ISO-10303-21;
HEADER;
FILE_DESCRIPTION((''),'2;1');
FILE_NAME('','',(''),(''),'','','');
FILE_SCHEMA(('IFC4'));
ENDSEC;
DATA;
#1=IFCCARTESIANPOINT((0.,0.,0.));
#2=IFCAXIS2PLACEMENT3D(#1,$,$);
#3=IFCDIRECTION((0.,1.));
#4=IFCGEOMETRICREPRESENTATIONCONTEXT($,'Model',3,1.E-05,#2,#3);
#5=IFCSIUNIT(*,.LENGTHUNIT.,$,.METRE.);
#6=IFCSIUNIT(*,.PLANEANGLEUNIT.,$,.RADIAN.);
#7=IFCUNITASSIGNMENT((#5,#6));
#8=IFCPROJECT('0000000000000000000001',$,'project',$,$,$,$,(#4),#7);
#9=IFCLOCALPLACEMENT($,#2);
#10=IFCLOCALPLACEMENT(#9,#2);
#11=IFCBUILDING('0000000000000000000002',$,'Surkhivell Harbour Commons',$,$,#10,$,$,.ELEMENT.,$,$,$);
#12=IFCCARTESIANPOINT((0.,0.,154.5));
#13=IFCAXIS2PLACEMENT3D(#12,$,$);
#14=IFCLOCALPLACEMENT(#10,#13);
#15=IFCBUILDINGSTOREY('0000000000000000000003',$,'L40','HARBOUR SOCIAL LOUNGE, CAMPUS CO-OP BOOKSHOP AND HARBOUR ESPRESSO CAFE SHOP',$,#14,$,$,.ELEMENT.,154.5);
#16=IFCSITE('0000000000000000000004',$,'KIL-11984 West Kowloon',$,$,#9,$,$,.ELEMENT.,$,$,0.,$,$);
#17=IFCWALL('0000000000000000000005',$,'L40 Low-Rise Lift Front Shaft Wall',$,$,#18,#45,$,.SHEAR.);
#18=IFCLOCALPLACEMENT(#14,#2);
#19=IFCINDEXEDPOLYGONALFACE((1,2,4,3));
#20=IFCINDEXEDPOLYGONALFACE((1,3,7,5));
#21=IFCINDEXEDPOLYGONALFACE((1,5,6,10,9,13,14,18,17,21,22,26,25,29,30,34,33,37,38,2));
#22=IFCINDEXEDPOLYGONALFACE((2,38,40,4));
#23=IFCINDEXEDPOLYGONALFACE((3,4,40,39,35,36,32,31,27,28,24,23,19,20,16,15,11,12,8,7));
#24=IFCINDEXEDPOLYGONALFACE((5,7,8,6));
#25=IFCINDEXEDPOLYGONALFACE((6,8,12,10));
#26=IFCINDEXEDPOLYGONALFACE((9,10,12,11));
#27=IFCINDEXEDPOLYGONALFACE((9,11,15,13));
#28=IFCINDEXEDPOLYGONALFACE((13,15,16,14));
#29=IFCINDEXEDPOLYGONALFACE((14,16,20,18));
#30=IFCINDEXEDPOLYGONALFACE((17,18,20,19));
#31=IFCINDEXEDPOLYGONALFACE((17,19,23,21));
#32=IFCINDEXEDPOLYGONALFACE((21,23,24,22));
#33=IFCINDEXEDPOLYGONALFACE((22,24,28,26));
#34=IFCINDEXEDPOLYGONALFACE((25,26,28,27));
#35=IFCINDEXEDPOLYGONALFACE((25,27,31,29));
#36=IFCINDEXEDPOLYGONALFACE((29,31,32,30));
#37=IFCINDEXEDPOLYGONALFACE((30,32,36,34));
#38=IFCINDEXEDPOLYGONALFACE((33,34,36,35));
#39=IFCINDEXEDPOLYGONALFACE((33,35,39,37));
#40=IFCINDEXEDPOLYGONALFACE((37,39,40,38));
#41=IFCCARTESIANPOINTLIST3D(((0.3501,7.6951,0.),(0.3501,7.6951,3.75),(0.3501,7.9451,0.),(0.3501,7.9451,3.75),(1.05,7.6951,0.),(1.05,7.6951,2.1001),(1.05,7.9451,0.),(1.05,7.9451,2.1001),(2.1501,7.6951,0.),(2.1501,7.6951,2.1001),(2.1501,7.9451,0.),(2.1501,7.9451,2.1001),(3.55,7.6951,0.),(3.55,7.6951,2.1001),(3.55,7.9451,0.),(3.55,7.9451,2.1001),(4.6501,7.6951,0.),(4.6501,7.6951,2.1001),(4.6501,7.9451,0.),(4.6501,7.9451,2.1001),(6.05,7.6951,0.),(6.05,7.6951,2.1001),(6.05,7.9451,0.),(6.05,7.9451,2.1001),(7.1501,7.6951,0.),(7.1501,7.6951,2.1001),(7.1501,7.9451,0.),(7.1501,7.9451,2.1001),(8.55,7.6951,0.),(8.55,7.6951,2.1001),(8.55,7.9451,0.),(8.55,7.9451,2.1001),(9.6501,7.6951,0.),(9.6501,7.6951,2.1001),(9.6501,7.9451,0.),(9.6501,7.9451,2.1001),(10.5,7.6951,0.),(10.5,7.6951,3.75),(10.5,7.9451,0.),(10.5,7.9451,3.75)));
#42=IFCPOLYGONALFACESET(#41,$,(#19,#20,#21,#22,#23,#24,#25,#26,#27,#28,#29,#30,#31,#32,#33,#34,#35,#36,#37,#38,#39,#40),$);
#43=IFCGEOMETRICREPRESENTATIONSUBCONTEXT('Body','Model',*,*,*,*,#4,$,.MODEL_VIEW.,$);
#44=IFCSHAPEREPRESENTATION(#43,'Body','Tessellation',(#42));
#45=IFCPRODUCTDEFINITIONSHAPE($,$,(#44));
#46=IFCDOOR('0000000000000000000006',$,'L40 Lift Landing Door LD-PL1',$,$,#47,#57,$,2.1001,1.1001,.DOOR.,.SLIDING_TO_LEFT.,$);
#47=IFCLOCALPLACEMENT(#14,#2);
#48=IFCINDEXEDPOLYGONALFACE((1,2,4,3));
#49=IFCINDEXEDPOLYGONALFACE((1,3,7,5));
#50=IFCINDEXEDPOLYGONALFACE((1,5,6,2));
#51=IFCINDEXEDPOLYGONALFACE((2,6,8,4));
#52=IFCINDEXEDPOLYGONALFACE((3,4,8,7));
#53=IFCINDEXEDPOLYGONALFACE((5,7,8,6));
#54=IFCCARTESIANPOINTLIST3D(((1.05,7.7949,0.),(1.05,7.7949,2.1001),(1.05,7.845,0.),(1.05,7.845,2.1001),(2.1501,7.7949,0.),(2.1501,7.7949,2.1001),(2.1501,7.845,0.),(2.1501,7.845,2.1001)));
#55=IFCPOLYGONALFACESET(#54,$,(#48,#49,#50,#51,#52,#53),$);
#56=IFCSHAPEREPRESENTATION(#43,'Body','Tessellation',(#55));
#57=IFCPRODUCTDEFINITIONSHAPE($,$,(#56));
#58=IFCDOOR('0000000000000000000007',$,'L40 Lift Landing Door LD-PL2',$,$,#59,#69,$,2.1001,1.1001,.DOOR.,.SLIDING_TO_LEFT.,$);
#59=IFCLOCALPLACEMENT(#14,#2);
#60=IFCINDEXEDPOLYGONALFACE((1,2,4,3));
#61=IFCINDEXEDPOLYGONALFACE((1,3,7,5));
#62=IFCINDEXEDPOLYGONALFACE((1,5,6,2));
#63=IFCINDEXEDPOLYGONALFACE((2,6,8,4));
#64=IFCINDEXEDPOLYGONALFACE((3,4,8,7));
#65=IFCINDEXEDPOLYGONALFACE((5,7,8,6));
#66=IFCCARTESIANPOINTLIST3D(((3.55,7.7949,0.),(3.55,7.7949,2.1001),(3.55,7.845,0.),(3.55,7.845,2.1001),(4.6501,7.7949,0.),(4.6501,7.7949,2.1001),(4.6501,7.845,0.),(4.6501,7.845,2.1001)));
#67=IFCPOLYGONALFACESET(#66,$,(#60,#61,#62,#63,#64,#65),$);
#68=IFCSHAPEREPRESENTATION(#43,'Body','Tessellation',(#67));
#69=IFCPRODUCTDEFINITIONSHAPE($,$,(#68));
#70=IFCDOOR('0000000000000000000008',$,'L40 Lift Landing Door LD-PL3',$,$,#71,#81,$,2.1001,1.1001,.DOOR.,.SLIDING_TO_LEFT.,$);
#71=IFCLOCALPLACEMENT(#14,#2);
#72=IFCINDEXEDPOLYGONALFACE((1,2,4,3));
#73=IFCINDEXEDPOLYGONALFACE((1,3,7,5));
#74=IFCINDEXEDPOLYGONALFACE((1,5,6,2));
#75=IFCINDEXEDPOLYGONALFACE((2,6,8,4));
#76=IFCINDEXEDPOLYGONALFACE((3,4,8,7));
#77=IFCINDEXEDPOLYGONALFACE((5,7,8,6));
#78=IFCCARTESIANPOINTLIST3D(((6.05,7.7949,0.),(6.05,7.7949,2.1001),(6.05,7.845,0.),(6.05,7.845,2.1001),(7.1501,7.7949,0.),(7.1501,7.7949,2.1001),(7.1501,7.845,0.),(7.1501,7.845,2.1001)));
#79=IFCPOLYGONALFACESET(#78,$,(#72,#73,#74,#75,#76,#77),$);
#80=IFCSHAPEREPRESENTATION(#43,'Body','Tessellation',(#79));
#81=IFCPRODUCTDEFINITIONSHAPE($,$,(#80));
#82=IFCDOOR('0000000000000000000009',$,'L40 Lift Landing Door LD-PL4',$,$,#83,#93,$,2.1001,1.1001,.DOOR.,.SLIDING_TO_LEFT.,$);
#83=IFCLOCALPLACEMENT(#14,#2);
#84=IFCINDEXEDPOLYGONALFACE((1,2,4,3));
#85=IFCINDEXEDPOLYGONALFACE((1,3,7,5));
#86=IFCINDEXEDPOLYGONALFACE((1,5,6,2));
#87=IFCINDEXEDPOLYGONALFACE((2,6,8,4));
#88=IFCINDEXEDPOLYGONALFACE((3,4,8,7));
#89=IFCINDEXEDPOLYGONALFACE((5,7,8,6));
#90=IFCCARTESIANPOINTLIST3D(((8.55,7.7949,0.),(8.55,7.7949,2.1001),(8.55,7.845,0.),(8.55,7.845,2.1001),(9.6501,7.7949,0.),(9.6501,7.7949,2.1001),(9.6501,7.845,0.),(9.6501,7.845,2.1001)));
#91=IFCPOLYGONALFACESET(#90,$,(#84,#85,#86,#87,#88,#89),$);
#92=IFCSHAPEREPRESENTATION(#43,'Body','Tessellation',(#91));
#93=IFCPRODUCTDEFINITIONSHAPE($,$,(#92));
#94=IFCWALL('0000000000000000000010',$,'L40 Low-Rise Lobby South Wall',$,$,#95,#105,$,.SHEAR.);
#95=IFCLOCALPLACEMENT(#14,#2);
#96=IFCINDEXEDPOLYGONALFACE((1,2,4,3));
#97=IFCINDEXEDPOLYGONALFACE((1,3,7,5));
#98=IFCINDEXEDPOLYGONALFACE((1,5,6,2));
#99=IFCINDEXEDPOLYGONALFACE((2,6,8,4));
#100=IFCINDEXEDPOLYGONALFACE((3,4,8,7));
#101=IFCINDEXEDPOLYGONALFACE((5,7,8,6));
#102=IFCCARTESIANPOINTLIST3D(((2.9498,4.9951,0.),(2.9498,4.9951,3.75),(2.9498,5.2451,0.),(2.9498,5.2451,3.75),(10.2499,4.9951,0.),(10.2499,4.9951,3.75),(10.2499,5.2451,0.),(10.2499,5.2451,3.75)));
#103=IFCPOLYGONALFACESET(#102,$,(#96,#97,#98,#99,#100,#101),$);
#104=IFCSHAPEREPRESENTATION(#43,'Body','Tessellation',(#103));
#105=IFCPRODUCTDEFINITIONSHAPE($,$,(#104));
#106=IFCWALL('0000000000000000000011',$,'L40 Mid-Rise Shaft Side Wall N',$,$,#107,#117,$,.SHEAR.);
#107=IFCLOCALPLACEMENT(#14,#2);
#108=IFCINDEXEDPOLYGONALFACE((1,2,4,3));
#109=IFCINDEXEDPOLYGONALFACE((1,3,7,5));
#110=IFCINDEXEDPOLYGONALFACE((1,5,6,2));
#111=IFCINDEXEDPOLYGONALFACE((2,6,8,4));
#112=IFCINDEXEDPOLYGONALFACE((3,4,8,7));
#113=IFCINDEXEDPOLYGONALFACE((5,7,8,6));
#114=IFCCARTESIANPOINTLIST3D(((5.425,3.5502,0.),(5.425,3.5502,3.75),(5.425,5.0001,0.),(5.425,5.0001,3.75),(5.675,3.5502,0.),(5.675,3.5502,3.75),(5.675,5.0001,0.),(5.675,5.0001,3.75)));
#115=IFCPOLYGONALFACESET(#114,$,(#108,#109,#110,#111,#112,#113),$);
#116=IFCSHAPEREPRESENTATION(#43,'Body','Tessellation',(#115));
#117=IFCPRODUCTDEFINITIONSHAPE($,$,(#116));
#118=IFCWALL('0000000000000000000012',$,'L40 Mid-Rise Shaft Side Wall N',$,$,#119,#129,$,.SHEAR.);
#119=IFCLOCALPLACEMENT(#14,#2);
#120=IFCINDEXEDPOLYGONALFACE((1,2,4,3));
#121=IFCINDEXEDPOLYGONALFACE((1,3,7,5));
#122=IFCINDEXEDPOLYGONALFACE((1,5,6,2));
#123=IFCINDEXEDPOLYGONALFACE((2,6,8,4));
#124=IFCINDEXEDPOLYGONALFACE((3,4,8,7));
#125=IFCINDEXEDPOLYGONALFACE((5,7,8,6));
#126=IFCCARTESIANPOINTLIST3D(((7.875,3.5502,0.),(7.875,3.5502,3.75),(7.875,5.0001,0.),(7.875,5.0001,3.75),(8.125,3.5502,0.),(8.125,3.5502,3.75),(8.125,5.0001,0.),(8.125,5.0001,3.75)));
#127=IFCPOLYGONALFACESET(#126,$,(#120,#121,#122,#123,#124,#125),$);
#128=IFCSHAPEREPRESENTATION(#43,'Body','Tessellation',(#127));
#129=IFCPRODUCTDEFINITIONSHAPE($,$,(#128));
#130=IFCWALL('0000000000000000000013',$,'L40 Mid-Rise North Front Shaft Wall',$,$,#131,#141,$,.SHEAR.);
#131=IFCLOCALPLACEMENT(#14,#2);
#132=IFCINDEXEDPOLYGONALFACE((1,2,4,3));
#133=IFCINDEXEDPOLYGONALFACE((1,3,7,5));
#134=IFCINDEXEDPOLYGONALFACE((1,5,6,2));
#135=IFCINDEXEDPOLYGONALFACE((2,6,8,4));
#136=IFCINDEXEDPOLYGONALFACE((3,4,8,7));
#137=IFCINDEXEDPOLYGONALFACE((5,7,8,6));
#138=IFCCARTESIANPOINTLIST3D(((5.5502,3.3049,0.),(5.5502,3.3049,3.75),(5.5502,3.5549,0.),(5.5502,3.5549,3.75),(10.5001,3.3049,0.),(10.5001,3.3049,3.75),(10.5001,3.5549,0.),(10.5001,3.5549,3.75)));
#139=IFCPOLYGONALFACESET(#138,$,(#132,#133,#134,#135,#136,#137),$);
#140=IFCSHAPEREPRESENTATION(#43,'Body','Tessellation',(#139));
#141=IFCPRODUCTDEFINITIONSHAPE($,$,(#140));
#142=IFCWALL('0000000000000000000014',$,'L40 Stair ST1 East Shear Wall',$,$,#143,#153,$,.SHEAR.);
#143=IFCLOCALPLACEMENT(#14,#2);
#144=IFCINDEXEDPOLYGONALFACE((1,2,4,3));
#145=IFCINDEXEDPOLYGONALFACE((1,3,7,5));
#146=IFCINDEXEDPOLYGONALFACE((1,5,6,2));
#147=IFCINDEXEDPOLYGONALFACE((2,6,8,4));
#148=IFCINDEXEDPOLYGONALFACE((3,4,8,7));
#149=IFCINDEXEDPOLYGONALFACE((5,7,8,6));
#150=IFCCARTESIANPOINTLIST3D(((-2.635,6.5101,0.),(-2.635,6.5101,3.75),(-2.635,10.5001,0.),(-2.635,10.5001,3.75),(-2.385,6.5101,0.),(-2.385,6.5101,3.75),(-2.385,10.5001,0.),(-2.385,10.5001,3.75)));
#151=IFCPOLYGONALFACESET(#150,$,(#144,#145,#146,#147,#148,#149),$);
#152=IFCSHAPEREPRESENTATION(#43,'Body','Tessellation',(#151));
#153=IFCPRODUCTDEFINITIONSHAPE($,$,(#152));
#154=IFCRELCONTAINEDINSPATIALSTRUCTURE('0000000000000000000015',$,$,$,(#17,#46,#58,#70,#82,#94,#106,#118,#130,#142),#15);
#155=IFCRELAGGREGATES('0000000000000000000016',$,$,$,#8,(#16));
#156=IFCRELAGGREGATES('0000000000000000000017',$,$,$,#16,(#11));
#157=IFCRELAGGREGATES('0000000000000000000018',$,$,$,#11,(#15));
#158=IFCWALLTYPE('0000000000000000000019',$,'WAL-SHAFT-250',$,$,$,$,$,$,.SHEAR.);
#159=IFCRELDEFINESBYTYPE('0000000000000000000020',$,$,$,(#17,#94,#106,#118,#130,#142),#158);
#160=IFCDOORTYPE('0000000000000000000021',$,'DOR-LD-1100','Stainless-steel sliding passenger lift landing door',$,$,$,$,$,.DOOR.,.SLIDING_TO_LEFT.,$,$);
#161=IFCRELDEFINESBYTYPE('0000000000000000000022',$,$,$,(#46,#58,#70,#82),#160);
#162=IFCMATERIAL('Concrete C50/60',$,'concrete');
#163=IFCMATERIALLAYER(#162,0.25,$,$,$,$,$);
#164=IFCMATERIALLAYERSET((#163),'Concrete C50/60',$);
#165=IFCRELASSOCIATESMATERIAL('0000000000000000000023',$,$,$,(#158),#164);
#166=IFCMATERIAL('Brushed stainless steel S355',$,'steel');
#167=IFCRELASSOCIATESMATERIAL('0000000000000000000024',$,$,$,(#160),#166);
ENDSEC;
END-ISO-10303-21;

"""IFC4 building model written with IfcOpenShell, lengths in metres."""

from ifc_helpers import new_model, si_unit, direction, frame, frame_2d, origin, place, context, subcontext, project, spatial, rectangle, extrude, material, layer, layer_set, type_object, element, fill, save


model = new_model("IFC4")

# Units and contexts
model_context = context("Model", 3, precision=1e-05, world=origin(), true_north=direction((0.0, 1.0)))
body_context = subcontext(model_context, "Body", "Model", "MODEL_VIEW")
ifc_project = project(units=[si_unit("LENGTHUNIT", "METRE"), si_unit("PLANEANGLEUNIT", "RADIAN")], contexts=[model_context])

# Site, building, storey
site_placement = place(None, origin())
site = spatial("IfcSite", under=ifc_project, at=site_placement, Name="KIL-11984 West Kowloon", CompositionType="ELEMENT", RefElevation=0.0)
building_placement = place(site_placement, origin())
building = spatial("IfcBuilding", under=site, at=building_placement, Name="Surkhivell Harbour Commons", CompositionType="ELEMENT")
storey_placement = place(building_placement, frame((0.0, 0.0, 154.5)))
storey = spatial("IfcBuildingStorey", under=building, at=storey_placement, Name="L40", Description="HARBOUR SOCIAL LOUNGE, CAMPUS CO-OP BOOKSHOP AND HARBOUR ESPRESSO CAFE SHOP", CompositionType="ELEMENT", Elevation=154.5)

# Shared definitions
ifc_material_1 = material(Name="Concrete C50/60", Category="concrete")
ifc_layer_1 = layer(ifc_material_1, 0.25)
ifc_layer_set_1 = layer_set([ifc_layer_1], Name="Concrete C50/60")
wall_type_1 = type_object("IfcWallType", Name="WAL-SHAFT-250", PredefinedType="SHEAR", material=ifc_layer_set_1)

# Wall, openings, doors
wall_1_placement = place(storey_placement, frame((0.3501, 7.8201, 0.0), z_axis=(0.0, 0.0, 1.0), x_axis=(1.0, 0.0, 0.0)))
wall_1 = element("IfcWall", 1, at=wall_1_placement, inside=storey, type_object=wall_type_1, Name="L40 Low-Rise Lift Front Shaft Wall", PredefinedType="SHEAR", context=body_context, shape_type="SweptSolid", body=[
    extrude(rectangle(XDim=10.1499, YDim=0.25, at=frame_2d((5.075, 0.0))), origin(), (0.0, 0.0, 1.0), 3.75),
])
opening_1_placement = place(wall_1_placement, frame((0.7, 0.0, 0.0)))
opening_1 = element("IfcOpeningElement", 2, at=opening_1_placement, cuts=wall_1, PredefinedType="OPENING", context=body_context, shape_type="SweptSolid", body=[
    extrude(rectangle(XDim=1.1001, YDim=2.1001, at=frame_2d((0.55, 1.05))), frame((0.0, 0.135, 0.0), z_axis=(0.0, -1.0, 0.0), x_axis=(1.0, 0.0, 0.0)), (0.0, 0.0, 1.0), 0.27),
])
opening_2_placement = place(wall_1_placement, frame((3.2, 0.0, 0.0)))
opening_2 = element("IfcOpeningElement", 3, at=opening_2_placement, cuts=wall_1, PredefinedType="OPENING", context=body_context, shape_type="SweptSolid", body=[
    extrude(rectangle(XDim=1.1001, YDim=2.1001, at=frame_2d((0.55, 1.05))), frame((0.0, 0.135, 0.0), z_axis=(0.0, -1.0, 0.0), x_axis=(1.0, 0.0, 0.0)), (0.0, 0.0, 1.0), 0.27),
])
opening_3_placement = place(wall_1_placement, frame((5.7, 0.0, 0.0)))
opening_3 = element("IfcOpeningElement", 4, at=opening_3_placement, cuts=wall_1, PredefinedType="OPENING", context=body_context, shape_type="SweptSolid", body=[
    extrude(rectangle(XDim=1.1001, YDim=2.1001, at=frame_2d((0.55, 1.05))), frame((0.0, 0.135, 0.0), z_axis=(0.0, -1.0, 0.0), x_axis=(1.0, 0.0, 0.0)), (0.0, 0.0, 1.0), 0.27),
])
opening_4_placement = place(wall_1_placement, frame((8.2, 0.0, 0.0)))
opening_4 = element("IfcOpeningElement", 5, at=opening_4_placement, cuts=wall_1, PredefinedType="OPENING", context=body_context, shape_type="SweptSolid", body=[
    extrude(rectangle(XDim=1.1001, YDim=2.1001, at=frame_2d((0.55, 1.05))), frame((0.0, 0.135, 0.0), z_axis=(0.0, -1.0, 0.0), x_axis=(1.0, 0.0, 0.0)), (0.0, 0.0, 1.0), 0.27),
])
ifc_material_2 = material(Name="Brushed stainless steel S355", Category="steel")
door_type_1 = type_object("IfcDoorType", Name="DOR-LD-1100", Description="Stainless-steel sliding passenger lift landing door", OperationType="SLIDING_TO_LEFT", PredefinedType="DOOR", material=ifc_material_2)
door_1_placement = place(opening_1_placement, origin())
door_1 = element("IfcDoor", 6, at=door_1_placement, inside=storey, type_object=door_type_1, Name="L40 Lift Landing Door LD-PL1", OperationType="SLIDING_TO_LEFT", OverallHeight=2.1001, OverallWidth=1.1001, PredefinedType="DOOR", context=body_context, shape_type="SweptSolid", body=[
    extrude(rectangle(XDim=1.1001, YDim=2.1001, at=frame_2d((0.55, 1.05))), frame((0.0, 0.0249, 0.0), z_axis=(0.0, -1.0, 0.0), x_axis=(1.0, 0.0, 0.0)), (0.0, 0.0, 1.0), 0.05),
])
fill(opening_1, door_1)
door_2_placement = place(opening_2_placement, origin())
door_2 = element("IfcDoor", 7, at=door_2_placement, inside=storey, type_object=door_type_1, Name="L40 Lift Landing Door LD-PL2", OperationType="SLIDING_TO_LEFT", OverallHeight=2.1001, OverallWidth=1.1001, PredefinedType="DOOR", context=body_context, shape_type="SweptSolid", body=[
    extrude(rectangle(XDim=1.1001, YDim=2.1001, at=frame_2d((0.55, 1.05))), frame((0.0, 0.0249, 0.0), z_axis=(0.0, -1.0, 0.0), x_axis=(1.0, 0.0, 0.0)), (0.0, 0.0, 1.0), 0.05),
])
fill(opening_2, door_2)
door_3_placement = place(opening_3_placement, origin())
door_3 = element("IfcDoor", 8, at=door_3_placement, inside=storey, type_object=door_type_1, Name="L40 Lift Landing Door LD-PL3", OperationType="SLIDING_TO_LEFT", OverallHeight=2.1001, OverallWidth=1.1001, PredefinedType="DOOR", context=body_context, shape_type="SweptSolid", body=[
    extrude(rectangle(XDim=1.1001, YDim=2.1001, at=frame_2d((0.55, 1.05))), frame((0.0, 0.0249, 0.0), z_axis=(0.0, -1.0, 0.0), x_axis=(1.0, 0.0, 0.0)), (0.0, 0.0, 1.0), 0.05),
])
fill(opening_3, door_3)
door_4_placement = place(opening_4_placement, origin())
door_4 = element("IfcDoor", 9, at=door_4_placement, inside=storey, type_object=door_type_1, Name="L40 Lift Landing Door LD-PL4", OperationType="SLIDING_TO_LEFT", OverallHeight=2.1001, OverallWidth=1.1001, PredefinedType="DOOR", context=body_context, shape_type="SweptSolid", body=[
    extrude(rectangle(XDim=1.1001, YDim=2.1001, at=frame_2d((0.55, 1.05))), frame((0.0, 0.0249, 0.0), z_axis=(0.0, -1.0, 0.0), x_axis=(1.0, 0.0, 0.0)), (0.0, 0.0, 1.0), 0.05),
])
fill(opening_4, door_4)

# Walls
wall_2_placement = place(storey_placement, frame((2.95, 5.1201, 0.0), z_axis=(0.0, 0.0, 1.0), x_axis=(1.0, 0.0, 0.0)))
element("IfcWall", 10, at=wall_2_placement, inside=storey, type_object=wall_type_1, Name="L40 Low-Rise Lobby South Wall", PredefinedType="SHEAR", context=body_context, shape_type="SweptSolid", body=[
    extrude(rectangle(XDim=7.3, YDim=0.25, at=frame_2d((3.6499, 0.0))), origin(), (0.0, 0.0, 1.0), 3.75),
])
for number, where, z_axis, x_axis, name in (
    (11, (5.55, 3.55, 0.0), (0.0, 0.0, 1.0), (0.0, 1.0, 0.0), "L40 Mid-Rise Shaft Side Wall N"),
    (12, (8.0, 3.55, 0.0), (0.0, 0.0, 1.0), (0.0, 1.0, 0.0), "L40 Mid-Rise Shaft Side Wall N"),
):
    element("IfcWall", number, at=place(storey_placement, frame(where, z_axis=z_axis, x_axis=x_axis)), inside=storey, type_object=wall_type_1, Name=name, PredefinedType="SHEAR", context=body_context, shape_type="SweptSolid", body=[
        extrude(rectangle(XDim=1.45, YDim=0.25, at=frame_2d((0.7251, 0.0))), origin(), (0.0, 0.0, 1.0), 3.75),
    ])
wall_3_placement = place(storey_placement, frame((5.55, 3.4299, 0.0), z_axis=(0.0, 0.0, 1.0), x_axis=(1.0, 0.0, 0.0)))
element("IfcWall", 13, at=wall_3_placement, inside=storey, type_object=wall_type_1, Name="L40 Mid-Rise North Front Shaft Wall", PredefinedType="SHEAR", context=body_context, shape_type="SweptSolid", body=[
    extrude(rectangle(XDim=4.95, YDim=0.25, at=frame_2d((2.4751, 0.0))), origin(), (0.0, 0.0, 1.0), 3.75),
])
wall_4_placement = place(storey_placement, frame((-2.51, 6.51, 0.0), z_axis=(0.0, 0.0, 1.0), x_axis=(0.0, 1.0, 0.0)))
element("IfcWall", 14, at=wall_4_placement, inside=storey, type_object=wall_type_1, Name="L40 Stair ST1 East Shear Wall", PredefinedType="SHEAR", context=body_context, shape_type="SweptSolid", body=[
    extrude(rectangle(XDim=3.99, YDim=0.25, at=frame_2d((1.9951, 0.0))), origin(), (0.0, 0.0, 1.0), 3.75),
])

save(model, "model.ifc")
